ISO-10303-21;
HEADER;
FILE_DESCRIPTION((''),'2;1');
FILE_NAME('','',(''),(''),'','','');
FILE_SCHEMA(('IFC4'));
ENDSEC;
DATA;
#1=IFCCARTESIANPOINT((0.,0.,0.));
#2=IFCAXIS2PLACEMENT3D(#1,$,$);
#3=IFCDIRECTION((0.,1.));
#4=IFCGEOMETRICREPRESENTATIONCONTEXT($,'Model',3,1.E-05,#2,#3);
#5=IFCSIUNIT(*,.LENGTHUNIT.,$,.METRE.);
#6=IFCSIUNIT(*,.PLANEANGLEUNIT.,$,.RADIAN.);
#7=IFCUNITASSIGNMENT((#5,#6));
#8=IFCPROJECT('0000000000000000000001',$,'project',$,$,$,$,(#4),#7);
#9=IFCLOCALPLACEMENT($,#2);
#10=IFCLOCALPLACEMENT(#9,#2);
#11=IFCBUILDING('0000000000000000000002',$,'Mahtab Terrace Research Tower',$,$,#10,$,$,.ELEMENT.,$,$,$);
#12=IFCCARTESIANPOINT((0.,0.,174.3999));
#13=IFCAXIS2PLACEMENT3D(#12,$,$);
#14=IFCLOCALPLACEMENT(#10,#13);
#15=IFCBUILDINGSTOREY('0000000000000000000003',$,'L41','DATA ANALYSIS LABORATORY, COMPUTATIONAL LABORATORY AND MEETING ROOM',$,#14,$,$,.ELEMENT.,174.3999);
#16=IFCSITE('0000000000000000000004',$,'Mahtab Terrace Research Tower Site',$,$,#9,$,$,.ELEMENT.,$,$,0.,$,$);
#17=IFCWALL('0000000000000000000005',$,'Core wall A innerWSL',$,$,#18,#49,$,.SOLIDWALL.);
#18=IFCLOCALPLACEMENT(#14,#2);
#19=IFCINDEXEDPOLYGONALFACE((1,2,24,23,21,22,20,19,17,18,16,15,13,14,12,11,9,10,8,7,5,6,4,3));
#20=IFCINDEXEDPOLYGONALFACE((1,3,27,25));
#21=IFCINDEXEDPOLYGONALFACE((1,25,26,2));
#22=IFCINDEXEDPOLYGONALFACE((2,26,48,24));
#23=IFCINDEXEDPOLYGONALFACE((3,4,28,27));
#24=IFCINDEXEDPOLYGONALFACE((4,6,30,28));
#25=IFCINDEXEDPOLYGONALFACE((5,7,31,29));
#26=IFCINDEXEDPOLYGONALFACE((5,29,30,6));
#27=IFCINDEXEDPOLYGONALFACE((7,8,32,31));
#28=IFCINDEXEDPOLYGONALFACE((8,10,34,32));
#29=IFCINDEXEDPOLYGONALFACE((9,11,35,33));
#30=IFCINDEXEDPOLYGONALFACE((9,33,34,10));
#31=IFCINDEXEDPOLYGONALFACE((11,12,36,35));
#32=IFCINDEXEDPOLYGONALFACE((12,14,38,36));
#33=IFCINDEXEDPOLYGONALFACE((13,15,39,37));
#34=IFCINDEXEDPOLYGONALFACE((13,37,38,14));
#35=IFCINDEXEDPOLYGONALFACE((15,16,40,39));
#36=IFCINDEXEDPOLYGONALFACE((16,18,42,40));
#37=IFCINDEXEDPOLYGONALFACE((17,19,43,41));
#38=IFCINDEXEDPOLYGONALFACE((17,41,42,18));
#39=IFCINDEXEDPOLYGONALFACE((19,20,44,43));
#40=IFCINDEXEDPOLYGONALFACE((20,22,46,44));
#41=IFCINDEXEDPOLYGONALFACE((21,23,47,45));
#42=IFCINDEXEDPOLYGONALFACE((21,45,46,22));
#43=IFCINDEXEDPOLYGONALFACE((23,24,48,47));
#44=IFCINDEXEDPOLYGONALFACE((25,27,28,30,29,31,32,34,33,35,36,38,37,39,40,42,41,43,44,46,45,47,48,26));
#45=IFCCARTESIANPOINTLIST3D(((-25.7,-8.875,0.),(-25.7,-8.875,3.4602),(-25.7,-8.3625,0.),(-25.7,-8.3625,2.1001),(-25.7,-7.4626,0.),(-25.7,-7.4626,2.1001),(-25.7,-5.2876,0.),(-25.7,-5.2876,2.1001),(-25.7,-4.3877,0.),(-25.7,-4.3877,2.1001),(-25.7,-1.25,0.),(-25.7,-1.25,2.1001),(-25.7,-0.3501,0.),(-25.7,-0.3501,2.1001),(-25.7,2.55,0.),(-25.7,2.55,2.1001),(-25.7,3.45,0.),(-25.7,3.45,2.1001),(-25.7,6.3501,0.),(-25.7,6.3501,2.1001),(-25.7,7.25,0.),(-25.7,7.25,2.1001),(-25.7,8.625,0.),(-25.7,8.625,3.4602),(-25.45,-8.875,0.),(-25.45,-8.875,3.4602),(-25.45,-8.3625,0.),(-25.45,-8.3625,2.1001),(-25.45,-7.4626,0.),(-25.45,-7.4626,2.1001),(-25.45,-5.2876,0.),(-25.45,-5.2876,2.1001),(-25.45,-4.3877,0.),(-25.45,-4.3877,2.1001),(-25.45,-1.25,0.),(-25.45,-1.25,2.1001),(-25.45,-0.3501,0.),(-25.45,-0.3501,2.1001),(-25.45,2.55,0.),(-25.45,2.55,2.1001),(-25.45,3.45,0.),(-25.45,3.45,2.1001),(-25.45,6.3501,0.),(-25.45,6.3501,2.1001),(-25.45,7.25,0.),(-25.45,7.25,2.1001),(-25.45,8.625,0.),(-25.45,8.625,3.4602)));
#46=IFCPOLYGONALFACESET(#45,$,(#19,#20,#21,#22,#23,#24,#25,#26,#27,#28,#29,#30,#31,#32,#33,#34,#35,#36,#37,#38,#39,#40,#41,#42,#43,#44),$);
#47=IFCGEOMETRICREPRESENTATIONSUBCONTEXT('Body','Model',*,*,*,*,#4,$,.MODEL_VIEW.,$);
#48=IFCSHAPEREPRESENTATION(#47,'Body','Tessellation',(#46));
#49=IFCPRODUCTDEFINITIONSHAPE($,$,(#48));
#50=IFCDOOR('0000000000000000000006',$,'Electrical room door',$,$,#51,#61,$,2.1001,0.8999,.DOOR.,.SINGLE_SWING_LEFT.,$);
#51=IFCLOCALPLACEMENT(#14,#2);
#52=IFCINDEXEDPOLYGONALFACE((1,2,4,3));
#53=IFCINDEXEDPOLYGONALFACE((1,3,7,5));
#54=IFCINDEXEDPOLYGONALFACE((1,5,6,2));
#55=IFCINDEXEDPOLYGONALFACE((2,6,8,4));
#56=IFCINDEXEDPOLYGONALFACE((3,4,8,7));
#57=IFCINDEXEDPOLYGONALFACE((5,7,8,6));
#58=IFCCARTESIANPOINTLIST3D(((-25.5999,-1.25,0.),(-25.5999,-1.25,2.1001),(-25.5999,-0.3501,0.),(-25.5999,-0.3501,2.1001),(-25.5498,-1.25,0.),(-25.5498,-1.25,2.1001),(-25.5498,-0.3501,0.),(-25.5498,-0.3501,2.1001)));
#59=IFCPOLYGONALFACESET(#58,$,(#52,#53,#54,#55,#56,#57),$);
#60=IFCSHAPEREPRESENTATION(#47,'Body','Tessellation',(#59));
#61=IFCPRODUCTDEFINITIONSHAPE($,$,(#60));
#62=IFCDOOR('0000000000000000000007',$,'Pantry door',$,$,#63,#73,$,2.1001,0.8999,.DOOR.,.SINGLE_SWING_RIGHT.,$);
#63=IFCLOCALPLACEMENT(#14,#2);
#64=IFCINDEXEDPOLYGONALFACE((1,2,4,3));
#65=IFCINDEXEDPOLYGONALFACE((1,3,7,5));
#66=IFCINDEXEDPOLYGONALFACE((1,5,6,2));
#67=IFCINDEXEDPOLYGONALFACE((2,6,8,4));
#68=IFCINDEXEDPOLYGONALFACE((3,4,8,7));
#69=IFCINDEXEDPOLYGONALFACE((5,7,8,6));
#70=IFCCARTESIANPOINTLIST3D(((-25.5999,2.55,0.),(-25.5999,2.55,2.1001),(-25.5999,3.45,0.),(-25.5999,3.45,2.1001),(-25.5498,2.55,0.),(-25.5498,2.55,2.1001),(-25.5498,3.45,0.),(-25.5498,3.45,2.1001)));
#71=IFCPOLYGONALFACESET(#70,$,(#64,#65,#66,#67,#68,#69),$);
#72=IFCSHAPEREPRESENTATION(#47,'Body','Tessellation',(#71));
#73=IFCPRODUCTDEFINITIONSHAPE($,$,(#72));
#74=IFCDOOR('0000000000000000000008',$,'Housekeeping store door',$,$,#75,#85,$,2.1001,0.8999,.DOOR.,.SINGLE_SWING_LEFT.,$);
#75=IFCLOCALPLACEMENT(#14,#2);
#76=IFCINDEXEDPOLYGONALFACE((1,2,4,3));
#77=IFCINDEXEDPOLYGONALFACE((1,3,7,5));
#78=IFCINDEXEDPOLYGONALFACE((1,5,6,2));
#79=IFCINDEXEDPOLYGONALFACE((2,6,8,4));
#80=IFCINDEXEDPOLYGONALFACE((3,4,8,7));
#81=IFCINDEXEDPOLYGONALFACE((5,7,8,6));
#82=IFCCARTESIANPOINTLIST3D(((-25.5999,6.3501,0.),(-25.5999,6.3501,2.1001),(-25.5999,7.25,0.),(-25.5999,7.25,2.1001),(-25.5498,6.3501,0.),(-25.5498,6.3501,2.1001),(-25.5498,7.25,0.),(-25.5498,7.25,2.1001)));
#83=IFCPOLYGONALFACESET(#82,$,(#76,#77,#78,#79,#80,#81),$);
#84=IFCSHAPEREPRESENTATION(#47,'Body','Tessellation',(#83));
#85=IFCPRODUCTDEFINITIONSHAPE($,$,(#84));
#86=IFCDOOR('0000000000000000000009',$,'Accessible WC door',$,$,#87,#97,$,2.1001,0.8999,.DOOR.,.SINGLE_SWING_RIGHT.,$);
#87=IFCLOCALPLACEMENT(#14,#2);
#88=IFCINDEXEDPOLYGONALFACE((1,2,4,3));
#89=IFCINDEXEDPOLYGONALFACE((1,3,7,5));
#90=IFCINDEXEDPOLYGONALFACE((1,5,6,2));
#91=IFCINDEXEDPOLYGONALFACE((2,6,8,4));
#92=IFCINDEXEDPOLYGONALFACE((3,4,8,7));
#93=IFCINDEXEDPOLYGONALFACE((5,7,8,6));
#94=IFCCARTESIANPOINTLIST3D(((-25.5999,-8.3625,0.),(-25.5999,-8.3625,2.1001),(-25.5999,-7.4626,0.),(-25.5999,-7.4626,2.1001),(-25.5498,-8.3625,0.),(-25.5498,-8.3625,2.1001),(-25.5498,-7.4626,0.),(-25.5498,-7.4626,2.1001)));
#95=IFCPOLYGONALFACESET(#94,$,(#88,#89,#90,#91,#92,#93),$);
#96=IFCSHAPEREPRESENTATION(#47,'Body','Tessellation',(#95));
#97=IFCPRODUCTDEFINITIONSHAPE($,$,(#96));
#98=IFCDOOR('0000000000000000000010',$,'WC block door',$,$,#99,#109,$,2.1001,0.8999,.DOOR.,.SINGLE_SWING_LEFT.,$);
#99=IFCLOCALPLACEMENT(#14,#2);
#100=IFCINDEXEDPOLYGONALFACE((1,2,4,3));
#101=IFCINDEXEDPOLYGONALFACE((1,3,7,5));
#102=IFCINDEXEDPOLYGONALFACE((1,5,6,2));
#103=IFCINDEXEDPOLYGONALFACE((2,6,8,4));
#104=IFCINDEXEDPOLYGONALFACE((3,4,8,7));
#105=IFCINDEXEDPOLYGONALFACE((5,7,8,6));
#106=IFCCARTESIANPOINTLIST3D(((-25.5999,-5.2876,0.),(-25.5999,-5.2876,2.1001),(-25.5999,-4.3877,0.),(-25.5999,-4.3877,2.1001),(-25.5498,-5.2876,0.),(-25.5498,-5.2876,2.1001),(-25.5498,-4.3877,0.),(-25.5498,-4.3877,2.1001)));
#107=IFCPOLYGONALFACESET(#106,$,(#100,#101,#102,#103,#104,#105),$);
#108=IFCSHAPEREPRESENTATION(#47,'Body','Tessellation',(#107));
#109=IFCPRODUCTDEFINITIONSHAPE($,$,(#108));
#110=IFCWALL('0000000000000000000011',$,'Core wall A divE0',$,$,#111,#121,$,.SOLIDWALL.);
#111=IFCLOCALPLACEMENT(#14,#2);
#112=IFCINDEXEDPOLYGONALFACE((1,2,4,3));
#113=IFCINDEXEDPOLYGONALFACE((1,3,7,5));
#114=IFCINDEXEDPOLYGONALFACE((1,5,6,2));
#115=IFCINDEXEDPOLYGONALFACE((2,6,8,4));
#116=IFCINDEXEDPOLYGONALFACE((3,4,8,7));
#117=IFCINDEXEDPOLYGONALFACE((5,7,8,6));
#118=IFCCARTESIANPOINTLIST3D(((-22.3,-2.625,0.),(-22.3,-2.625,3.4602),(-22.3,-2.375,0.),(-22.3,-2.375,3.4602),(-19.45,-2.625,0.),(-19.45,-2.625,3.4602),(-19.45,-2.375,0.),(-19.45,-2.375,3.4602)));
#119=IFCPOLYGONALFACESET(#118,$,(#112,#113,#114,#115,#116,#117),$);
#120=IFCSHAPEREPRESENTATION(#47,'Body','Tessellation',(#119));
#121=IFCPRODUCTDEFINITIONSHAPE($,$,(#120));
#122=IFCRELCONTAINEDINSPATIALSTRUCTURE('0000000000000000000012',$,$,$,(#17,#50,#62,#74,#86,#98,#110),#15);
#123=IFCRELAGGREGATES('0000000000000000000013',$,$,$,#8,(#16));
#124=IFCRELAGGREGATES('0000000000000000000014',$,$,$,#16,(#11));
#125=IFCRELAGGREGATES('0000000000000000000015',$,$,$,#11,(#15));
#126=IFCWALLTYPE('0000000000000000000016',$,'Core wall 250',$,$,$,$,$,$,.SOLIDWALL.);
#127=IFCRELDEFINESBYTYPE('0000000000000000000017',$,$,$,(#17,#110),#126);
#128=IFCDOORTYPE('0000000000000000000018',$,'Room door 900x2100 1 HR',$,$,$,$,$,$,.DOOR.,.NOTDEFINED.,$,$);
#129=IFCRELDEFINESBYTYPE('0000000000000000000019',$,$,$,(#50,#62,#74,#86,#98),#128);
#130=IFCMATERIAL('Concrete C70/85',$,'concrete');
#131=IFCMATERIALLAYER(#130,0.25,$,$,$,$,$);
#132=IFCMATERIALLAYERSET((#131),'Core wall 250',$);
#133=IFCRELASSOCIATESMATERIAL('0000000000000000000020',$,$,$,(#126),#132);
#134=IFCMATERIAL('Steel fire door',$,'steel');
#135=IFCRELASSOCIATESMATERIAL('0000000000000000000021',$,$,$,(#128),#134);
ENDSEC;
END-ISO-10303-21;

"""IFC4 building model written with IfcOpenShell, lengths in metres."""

from ifc_helpers import new_model, si_unit, direction, frame, frame_2d, origin, place, context, subcontext, project, spatial, rectangle, extrude, material, layer, layer_set, type_object, element, fill, save


model = new_model("IFC4")

# Units and contexts
model_context = context("Model", 3, precision=1e-05, world=origin(), true_north=direction((0.0, 1.0)))
body_context = subcontext(model_context, "Body", "Model", "MODEL_VIEW")
ifc_project = project(units=[si_unit("LENGTHUNIT", "METRE"), si_unit("PLANEANGLEUNIT", "RADIAN")], contexts=[model_context])

# Site, building, storey
site_placement = place(None, origin())
site = spatial("IfcSite", under=ifc_project, at=site_placement, Name="Mahtab Terrace Research Tower Site", CompositionType="ELEMENT", RefElevation=0.0)
building_placement = place(site_placement, origin())
building = spatial("IfcBuilding", under=site, at=building_placement, Name="Mahtab Terrace Research Tower", CompositionType="ELEMENT")
storey_placement = place(building_placement, frame((0.0, 0.0, 174.3999)))
storey = spatial("IfcBuildingStorey", under=building, at=storey_placement, Name="L41", Description="DATA ANALYSIS LABORATORY, COMPUTATIONAL LABORATORY AND MEETING ROOM", CompositionType="ELEMENT", Elevation=174.3999)

# Shared definitions
ifc_material_1 = material(Name="Concrete C70/85", Category="concrete")

# Shared definitions
ifc_layer_1 = layer(ifc_material_1, 0.25)
ifc_layer_set_1 = layer_set([ifc_layer_1], Name="Core wall 250")
wall_type_1 = type_object("IfcWallType", Name="Core wall 250", PredefinedType="SOLIDWALL", material=ifc_layer_set_1)

# Shared definitions
ifc_material_2 = material(Name="Steel fire door", Category="steel")

# Wall, openings, doors
wall_1_placement = place(storey_placement, frame((-25.575, -8.875, 0.0), z_axis=(0.0, 0.0, 1.0), x_axis=(0.0, 1.0, 0.0)))
wall_1 = element("IfcWall", 1, at=wall_1_placement, inside=storey, type_object=wall_type_1, Name="Core wall A innerWSL", PredefinedType="SOLIDWALL", context=body_context, shape_type="SweptSolid", body=[
    extrude(rectangle(XDim=17.5, YDim=0.25, at=frame_2d((8.75, 0.0))), origin(), (0.0, 0.0, 1.0), 3.4602),
])
opening_1_placement = place(wall_1_placement, frame((7.625, 0.0, 0.0)))
opening_1 = element("IfcOpeningElement", 2, at=opening_1_placement, cuts=wall_1, PredefinedType="OPENING", context=body_context, shape_type="SweptSolid", body=[
    extrude(rectangle(XDim=0.8999, YDim=2.1001, at=frame_2d((0.45, 1.05))), frame((0.0, 0.135, 0.0), z_axis=(0.0, -1.0, 0.0), x_axis=(1.0, 0.0, 0.0)), (0.0, 0.0, 1.0), 0.27),
])
opening_2_placement = place(wall_1_placement, frame((11.425, 0.0, 0.0)))
opening_2 = element("IfcOpeningElement", 3, at=opening_2_placement, cuts=wall_1, PredefinedType="OPENING", context=body_context, shape_type="SweptSolid", body=[
    extrude(rectangle(XDim=0.8999, YDim=2.1001, at=frame_2d((0.45, 1.05))), frame((0.0, 0.135, 0.0), z_axis=(0.0, -1.0, 0.0), x_axis=(1.0, 0.0, 0.0)), (0.0, 0.0, 1.0), 0.27),
])
opening_3_placement = place(wall_1_placement, frame((15.2251, 0.0, 0.0)))
opening_3 = element("IfcOpeningElement", 4, at=opening_3_placement, cuts=wall_1, PredefinedType="OPENING", context=body_context, shape_type="SweptSolid", body=[
    extrude(rectangle(XDim=0.8999, YDim=2.1001, at=frame_2d((0.45, 1.05))), frame((0.0, 0.135, 0.0), z_axis=(0.0, -1.0, 0.0), x_axis=(1.0, 0.0, 0.0)), (0.0, 0.0, 1.0), 0.27),
])
opening_4_placement = place(wall_1_placement, frame((0.5125, 0.0, 0.0)))
opening_4 = element("IfcOpeningElement", 5, at=opening_4_placement, cuts=wall_1, PredefinedType="OPENING", context=body_context, shape_type="SweptSolid", body=[
    extrude(rectangle(XDim=0.8999, YDim=2.1001, at=frame_2d((0.45, 1.05))), frame((0.0, 0.135, 0.0), z_axis=(0.0, -1.0, 0.0), x_axis=(1.0, 0.0, 0.0)), (0.0, 0.0, 1.0), 0.27),
])
opening_5_placement = place(wall_1_placement, frame((3.5874, 0.0, 0.0)))
opening_5 = element("IfcOpeningElement", 6, at=opening_5_placement, cuts=wall_1, PredefinedType="OPENING", context=body_context, shape_type="SweptSolid", body=[
    extrude(rectangle(XDim=0.8999, YDim=2.1001, at=frame_2d((0.45, 1.05))), frame((0.0, 0.135, 0.0), z_axis=(0.0, -1.0, 0.0), x_axis=(1.0, 0.0, 0.0)), (0.0, 0.0, 1.0), 0.27),
])
door_type_1 = type_object("IfcDoorType", Name="Room door 900x2100 1 HR", OperationType="NOTDEFINED", PredefinedType="DOOR", material=ifc_material_2)
door_1_placement = place(opening_1_placement, origin())
door_1 = element("IfcDoor", 7, at=door_1_placement, inside=storey, type_object=door_type_1, Name="Electrical room door", OperationType="SINGLE_SWING_LEFT", OverallHeight=2.1001, OverallWidth=0.8999, PredefinedType="DOOR", context=body_context, shape_type="SweptSolid", body=[
    extrude(rectangle(XDim=0.8999, YDim=2.1001, at=frame_2d((0.45, 1.05))), frame((0.0, 0.0249, 0.0), z_axis=(0.0, -1.0, 0.0), x_axis=(1.0, 0.0, 0.0)), (0.0, 0.0, 1.0), 0.05),
])
fill(opening_1, door_1)
door_2_placement = place(opening_2_placement, origin())
door_2 = element("IfcDoor", 8, at=door_2_placement, inside=storey, type_object=door_type_1, Name="Pantry door", OperationType="SINGLE_SWING_RIGHT", OverallHeight=2.1001, OverallWidth=0.8999, PredefinedType="DOOR", context=body_context, shape_type="SweptSolid", body=[
    extrude(rectangle(XDim=0.8999, YDim=2.1001, at=frame_2d((0.45, 1.05))), frame((0.0, 0.0249, 0.0), z_axis=(0.0, -1.0, 0.0), x_axis=(1.0, 0.0, 0.0)), (0.0, 0.0, 1.0), 0.05),
])
fill(opening_2, door_2)
door_3_placement = place(opening_3_placement, origin())
door_3 = element("IfcDoor", 9, at=door_3_placement, inside=storey, type_object=door_type_1, Name="Housekeeping store door", OperationType="SINGLE_SWING_LEFT", OverallHeight=2.1001, OverallWidth=0.8999, PredefinedType="DOOR", context=body_context, shape_type="SweptSolid", body=[
    extrude(rectangle(XDim=0.8999, YDim=2.1001, at=frame_2d((0.45, 1.05))), frame((0.0, 0.0249, 0.0), z_axis=(0.0, -1.0, 0.0), x_axis=(1.0, 0.0, 0.0)), (0.0, 0.0, 1.0), 0.05),
])
fill(opening_3, door_3)
door_4_placement = place(opening_4_placement, origin())
door_4 = element("IfcDoor", 10, at=door_4_placement, inside=storey, type_object=door_type_1, Name="Accessible WC door", OperationType="SINGLE_SWING_RIGHT", OverallHeight=2.1001, OverallWidth=0.8999, PredefinedType="DOOR", context=body_context, shape_type="SweptSolid", body=[
    extrude(rectangle(XDim=0.8999, YDim=2.1001, at=frame_2d((0.45, 1.05))), frame((0.0, 0.0249, 0.0), z_axis=(0.0, -1.0, 0.0), x_axis=(1.0, 0.0, 0.0)), (0.0, 0.0, 1.0), 0.05),
])
fill(opening_4, door_4)
door_5_placement = place(opening_5_placement, origin())
door_5 = element("IfcDoor", 11, at=door_5_placement, inside=storey, type_object=door_type_1, Name="WC block door", OperationType="SINGLE_SWING_LEFT", OverallHeight=2.1001, OverallWidth=0.8999, PredefinedType="DOOR", context=body_context, shape_type="SweptSolid", body=[
    extrude(rectangle(XDim=0.8999, YDim=2.1001, at=frame_2d((0.45, 1.05))), frame((0.0, 0.0249, 0.0), z_axis=(0.0, -1.0, 0.0), x_axis=(1.0, 0.0, 0.0)), (0.0, 0.0, 1.0), 0.05),
])
fill(opening_5, door_5)

# Wall
wall_2_placement = place(storey_placement, frame((-22.3, -2.5, 0.0), z_axis=(0.0, 0.0, 1.0), x_axis=(1.0, 0.0, 0.0)))
element("IfcWall", 12, at=wall_2_placement, inside=storey, type_object=wall_type_1, Name="Core wall A divE0", PredefinedType="SOLIDWALL", context=body_context, shape_type="SweptSolid", body=[
    extrude(rectangle(XDim=2.8501, YDim=0.25, at=frame_2d((1.425, 0.0))), origin(), (0.0, 0.0, 1.0), 3.4602),
])

save(model, "model.ifc")
